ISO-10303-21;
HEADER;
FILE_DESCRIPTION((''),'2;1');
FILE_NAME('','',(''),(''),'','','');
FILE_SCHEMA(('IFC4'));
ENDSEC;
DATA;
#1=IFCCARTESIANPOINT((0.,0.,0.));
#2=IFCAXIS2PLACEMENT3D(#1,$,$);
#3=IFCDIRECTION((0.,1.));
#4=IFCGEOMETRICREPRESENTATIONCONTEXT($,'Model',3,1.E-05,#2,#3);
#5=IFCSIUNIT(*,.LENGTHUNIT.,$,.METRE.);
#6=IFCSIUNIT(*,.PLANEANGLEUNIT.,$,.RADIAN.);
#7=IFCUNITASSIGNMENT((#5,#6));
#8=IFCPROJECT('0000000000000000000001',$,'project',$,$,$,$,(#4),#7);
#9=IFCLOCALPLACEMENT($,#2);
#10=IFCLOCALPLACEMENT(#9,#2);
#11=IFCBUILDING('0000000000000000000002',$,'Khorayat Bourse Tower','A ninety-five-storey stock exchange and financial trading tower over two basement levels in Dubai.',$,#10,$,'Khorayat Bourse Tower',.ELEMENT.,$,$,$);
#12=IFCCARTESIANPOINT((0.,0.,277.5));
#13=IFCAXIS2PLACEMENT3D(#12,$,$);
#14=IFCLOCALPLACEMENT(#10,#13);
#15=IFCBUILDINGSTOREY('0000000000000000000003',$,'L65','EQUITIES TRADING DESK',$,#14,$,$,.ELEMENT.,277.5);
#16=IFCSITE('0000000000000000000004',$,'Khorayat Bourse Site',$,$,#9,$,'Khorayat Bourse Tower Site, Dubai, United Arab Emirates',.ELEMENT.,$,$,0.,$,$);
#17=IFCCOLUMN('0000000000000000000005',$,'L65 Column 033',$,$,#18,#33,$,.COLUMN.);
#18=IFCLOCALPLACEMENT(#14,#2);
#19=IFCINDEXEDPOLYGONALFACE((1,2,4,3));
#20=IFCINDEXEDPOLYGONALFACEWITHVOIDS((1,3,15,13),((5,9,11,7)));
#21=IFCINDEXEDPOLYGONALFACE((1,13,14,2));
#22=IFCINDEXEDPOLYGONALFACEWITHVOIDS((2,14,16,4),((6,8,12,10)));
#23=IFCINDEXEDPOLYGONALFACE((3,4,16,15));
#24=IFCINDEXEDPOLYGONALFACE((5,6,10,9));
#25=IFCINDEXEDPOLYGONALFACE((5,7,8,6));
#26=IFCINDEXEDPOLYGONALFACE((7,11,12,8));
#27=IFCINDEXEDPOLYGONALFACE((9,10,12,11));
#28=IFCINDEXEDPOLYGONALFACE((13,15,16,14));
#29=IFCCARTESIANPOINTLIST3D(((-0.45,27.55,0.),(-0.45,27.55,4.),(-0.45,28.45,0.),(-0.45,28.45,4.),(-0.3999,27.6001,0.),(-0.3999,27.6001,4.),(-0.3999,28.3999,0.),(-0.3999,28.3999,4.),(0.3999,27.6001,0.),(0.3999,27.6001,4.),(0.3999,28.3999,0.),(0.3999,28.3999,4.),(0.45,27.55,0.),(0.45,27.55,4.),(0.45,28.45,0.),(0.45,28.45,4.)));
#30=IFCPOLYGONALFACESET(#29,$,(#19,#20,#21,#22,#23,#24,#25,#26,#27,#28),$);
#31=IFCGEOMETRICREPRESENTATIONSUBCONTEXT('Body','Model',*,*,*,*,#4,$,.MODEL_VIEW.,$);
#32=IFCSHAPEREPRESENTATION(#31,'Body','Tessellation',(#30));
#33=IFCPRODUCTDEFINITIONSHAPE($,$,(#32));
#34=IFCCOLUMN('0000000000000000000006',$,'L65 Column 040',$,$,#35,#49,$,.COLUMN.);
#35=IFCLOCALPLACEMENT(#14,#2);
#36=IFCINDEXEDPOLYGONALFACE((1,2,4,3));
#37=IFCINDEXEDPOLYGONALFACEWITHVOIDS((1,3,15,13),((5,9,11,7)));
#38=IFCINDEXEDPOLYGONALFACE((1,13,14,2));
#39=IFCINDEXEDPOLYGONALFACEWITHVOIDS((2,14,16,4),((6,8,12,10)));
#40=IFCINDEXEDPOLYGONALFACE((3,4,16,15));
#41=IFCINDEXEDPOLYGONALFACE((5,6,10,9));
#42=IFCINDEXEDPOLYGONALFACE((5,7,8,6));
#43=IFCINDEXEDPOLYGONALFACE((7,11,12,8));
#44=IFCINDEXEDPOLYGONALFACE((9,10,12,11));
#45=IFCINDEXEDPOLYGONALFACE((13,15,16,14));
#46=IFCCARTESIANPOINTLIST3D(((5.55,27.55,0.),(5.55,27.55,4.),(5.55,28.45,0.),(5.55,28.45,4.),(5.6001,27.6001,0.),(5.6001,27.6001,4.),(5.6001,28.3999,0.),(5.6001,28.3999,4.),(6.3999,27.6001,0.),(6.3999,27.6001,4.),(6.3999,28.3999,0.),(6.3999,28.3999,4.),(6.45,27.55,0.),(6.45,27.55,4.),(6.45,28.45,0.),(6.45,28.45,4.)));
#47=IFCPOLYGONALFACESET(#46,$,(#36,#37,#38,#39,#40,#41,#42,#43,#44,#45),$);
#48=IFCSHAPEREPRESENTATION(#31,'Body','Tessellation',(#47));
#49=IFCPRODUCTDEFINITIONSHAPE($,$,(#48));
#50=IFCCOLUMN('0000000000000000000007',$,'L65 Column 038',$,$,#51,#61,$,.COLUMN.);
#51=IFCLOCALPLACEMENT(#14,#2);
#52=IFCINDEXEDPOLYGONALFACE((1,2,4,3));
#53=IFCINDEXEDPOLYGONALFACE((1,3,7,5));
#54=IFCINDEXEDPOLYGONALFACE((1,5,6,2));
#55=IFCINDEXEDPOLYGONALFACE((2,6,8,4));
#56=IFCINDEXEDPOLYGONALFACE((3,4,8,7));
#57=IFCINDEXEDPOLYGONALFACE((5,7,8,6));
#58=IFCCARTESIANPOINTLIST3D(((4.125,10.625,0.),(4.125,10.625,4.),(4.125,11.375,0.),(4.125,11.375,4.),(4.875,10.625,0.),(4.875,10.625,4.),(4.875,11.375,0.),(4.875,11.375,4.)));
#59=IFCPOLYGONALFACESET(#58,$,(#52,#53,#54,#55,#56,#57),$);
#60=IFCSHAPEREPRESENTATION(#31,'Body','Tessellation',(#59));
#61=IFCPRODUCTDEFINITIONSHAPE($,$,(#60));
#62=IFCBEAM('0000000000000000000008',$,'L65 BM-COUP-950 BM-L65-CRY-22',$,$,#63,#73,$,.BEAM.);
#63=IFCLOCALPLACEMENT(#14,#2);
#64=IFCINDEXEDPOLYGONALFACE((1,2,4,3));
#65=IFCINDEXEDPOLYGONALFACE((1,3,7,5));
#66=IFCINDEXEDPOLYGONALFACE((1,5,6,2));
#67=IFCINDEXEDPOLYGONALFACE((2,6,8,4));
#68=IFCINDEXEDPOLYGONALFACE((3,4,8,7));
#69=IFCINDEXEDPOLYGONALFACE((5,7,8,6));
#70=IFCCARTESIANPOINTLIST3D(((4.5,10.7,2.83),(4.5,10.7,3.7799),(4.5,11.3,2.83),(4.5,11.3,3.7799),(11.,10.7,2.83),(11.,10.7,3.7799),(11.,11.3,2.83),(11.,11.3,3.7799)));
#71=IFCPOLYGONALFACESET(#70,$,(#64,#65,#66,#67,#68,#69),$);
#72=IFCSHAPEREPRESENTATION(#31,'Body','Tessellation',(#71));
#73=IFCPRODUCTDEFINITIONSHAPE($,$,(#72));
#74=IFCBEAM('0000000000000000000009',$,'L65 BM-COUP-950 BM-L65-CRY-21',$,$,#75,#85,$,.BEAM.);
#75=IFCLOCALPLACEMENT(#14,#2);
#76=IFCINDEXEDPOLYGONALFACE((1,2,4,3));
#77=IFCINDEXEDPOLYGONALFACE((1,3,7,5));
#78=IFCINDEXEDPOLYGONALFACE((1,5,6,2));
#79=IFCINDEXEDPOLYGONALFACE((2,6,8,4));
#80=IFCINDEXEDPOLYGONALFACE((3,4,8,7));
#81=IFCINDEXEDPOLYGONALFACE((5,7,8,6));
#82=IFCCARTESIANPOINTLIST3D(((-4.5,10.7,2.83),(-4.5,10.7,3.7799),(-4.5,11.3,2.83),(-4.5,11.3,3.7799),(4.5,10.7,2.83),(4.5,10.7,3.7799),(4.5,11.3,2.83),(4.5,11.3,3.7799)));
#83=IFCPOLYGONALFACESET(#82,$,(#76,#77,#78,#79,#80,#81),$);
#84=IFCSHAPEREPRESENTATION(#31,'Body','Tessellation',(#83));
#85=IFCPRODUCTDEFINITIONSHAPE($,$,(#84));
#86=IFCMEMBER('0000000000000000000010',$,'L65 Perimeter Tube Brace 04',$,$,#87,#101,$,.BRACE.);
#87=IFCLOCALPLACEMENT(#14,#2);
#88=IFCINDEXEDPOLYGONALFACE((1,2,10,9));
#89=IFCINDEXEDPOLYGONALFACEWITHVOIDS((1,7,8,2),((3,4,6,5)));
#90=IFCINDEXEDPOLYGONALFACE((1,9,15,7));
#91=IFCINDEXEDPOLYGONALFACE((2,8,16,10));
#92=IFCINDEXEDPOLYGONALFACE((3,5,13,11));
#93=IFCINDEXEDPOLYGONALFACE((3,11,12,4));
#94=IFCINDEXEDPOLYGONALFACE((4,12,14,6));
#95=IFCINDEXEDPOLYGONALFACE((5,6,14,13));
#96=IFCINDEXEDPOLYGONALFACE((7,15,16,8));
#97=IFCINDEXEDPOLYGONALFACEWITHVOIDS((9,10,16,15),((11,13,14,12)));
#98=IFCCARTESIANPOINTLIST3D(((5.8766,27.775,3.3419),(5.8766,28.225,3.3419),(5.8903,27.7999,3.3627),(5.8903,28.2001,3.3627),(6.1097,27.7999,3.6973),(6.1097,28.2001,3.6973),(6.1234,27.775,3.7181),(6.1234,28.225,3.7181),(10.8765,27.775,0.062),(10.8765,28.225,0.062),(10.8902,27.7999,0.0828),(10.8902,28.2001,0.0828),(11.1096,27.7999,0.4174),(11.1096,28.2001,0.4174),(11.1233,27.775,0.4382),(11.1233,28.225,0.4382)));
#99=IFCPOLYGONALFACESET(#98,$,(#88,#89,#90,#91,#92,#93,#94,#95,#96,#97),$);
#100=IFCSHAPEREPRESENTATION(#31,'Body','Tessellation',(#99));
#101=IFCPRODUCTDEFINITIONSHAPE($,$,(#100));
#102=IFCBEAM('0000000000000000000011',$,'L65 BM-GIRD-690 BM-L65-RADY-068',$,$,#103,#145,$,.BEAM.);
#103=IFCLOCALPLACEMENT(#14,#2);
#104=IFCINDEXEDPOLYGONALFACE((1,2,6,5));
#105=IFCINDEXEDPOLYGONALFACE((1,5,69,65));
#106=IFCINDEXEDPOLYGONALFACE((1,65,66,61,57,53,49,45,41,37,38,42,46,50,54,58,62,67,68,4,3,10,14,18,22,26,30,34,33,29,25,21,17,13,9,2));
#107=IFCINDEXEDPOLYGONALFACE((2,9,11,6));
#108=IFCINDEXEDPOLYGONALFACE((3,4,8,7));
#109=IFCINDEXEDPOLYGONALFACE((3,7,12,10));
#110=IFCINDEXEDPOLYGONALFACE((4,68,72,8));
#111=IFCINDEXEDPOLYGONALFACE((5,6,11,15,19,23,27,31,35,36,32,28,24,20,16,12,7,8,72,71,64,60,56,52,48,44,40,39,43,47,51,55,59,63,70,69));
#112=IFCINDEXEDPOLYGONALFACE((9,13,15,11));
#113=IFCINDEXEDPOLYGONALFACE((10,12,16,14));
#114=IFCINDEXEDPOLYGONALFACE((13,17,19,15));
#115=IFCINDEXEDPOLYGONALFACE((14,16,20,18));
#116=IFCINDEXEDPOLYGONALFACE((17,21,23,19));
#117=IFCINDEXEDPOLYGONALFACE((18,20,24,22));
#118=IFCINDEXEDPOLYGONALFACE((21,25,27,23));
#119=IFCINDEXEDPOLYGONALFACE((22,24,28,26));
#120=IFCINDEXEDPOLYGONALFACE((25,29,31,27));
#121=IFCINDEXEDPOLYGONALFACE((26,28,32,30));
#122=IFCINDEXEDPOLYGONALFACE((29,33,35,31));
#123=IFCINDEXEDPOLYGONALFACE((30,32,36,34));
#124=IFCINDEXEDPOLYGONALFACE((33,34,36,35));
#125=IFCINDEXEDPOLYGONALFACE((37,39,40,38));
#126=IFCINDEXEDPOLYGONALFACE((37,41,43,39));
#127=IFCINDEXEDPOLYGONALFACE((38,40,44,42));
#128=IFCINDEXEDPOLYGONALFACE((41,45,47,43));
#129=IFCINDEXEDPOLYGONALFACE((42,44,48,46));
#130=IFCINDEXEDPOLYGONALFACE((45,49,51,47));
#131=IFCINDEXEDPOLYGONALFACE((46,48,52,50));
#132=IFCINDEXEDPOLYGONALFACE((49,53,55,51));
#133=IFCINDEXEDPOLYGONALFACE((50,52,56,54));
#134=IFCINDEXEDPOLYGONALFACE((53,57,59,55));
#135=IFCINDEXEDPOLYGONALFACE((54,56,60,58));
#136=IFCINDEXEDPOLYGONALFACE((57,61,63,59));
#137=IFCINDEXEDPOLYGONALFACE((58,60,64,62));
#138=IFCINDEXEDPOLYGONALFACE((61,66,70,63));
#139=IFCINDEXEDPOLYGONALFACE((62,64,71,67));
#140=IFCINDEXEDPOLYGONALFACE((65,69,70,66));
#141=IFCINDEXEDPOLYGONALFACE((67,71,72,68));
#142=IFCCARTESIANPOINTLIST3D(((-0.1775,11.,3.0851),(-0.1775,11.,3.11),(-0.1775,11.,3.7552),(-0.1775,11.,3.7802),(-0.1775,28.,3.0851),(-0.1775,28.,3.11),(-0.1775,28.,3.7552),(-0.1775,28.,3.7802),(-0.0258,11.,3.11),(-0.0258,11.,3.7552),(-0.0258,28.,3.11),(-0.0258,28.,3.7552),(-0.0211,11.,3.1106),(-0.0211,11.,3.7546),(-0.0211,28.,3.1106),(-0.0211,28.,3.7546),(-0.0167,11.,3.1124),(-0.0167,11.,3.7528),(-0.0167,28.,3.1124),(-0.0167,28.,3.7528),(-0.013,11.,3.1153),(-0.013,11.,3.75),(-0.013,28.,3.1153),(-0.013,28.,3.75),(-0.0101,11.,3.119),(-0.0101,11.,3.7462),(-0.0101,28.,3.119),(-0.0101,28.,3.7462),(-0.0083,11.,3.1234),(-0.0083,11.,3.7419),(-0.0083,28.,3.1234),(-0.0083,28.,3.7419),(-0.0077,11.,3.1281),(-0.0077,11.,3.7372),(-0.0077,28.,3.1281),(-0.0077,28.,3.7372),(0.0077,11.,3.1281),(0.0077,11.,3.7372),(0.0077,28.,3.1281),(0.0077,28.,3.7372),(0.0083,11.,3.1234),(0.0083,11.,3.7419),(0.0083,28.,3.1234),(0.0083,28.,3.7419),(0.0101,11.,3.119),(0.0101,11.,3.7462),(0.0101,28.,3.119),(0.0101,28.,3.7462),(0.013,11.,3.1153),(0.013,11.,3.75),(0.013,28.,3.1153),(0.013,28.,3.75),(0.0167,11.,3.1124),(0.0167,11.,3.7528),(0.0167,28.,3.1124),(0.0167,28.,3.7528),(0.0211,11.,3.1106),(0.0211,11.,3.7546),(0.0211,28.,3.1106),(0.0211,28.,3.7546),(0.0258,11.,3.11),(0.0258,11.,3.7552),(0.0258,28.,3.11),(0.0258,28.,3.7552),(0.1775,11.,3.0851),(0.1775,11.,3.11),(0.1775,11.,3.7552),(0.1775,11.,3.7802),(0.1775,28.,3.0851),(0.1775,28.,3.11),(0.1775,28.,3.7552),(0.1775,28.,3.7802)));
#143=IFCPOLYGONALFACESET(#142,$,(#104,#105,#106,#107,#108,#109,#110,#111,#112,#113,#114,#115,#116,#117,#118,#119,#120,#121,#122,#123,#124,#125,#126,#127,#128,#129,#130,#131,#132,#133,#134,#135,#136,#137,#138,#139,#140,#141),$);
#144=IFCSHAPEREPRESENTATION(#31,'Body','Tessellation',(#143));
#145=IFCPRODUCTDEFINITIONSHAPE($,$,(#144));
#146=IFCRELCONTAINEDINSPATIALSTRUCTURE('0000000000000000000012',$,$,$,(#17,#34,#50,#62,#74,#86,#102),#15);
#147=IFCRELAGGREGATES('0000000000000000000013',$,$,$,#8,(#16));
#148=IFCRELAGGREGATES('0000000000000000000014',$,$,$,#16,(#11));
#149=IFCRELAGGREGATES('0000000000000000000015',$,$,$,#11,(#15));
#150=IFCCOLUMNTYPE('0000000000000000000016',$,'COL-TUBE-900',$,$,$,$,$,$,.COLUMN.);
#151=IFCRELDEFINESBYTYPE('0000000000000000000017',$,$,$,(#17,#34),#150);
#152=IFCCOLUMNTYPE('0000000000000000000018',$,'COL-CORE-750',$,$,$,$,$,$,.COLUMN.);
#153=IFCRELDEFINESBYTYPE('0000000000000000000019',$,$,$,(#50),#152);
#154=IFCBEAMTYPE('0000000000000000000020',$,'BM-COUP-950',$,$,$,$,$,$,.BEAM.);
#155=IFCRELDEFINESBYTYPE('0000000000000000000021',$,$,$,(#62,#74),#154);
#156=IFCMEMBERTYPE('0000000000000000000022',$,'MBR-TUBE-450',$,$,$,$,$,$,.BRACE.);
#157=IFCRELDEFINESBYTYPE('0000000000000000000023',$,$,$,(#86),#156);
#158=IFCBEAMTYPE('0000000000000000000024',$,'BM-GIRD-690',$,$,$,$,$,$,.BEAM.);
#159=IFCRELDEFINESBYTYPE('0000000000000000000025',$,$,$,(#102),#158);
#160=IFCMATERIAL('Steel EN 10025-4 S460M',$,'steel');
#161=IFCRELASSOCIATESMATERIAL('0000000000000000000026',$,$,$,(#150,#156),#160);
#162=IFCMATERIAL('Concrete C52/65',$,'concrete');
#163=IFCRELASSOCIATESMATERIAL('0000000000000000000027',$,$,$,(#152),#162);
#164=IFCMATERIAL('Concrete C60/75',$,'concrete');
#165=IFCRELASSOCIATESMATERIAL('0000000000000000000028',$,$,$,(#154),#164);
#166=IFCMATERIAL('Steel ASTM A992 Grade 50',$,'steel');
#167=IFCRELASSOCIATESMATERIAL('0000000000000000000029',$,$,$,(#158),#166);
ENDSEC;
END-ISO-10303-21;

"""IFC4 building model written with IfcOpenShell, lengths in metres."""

from ifc_helpers import new_model, si_unit, direction, frame, origin, origin_2d, place, context, subcontext, project, spatial, rectangle, hollow_rectangle, i_section, extrude, source, transform, mapped, material, material_profile, profile_set, type_object, element, save


model = new_model("IFC4")

# Units and contexts
model_context = context("Model", 3, precision=1e-05, world=origin(), true_north=direction((0.0, 1.0)))
body_context = subcontext(model_context, "Body", "Model", "MODEL_VIEW")
ifc_project = project(units=[si_unit("LENGTHUNIT", "METRE"), si_unit("PLANEANGLEUNIT", "RADIAN")], contexts=[model_context])

# Site, building, storey
site_placement = place(None, origin())
site = spatial("IfcSite", under=ifc_project, at=site_placement, Name="Khorayat Bourse Site", LongName="Khorayat Bourse Tower Site, Dubai, United Arab Emirates", CompositionType="ELEMENT", RefElevation=0.0)
building_placement = place(site_placement, origin())
building = spatial("IfcBuilding", under=site, at=building_placement, Name="Khorayat Bourse Tower", Description="A ninety-five-storey stock exchange and financial trading tower over two basement levels in Dubai.", LongName="Khorayat Bourse Tower", CompositionType="ELEMENT")
storey_placement = place(building_placement, frame((0.0, 0.0, 277.5)))
storey = spatial("IfcBuildingStorey", under=building, at=storey_placement, Name="L65", Description="EQUITIES TRADING DESK", CompositionType="ELEMENT", Elevation=277.5)

# Columns
ifc_material_1 = material(Name="Steel EN 10025-4 S460M", Category="steel")
ifc_material_profile_1 = material_profile(ifc_material_1, hollow_rectangle(XDim=0.8999, YDim=0.8999, WallThickness=0.05, at=origin_2d()), Name="BOX 900x900x50")
ifc_profile_set_1 = profile_set([ifc_material_profile_1], Name="Steel EN 10025-4 S460M")
column_type_1 = type_object("IfcColumnType", Name="COL-TUBE-900", PredefinedType="COLUMN", material=ifc_profile_set_1)
shared_shape_1 = source(origin(), body_context, "Body", "SweptSolid", [
    extrude(hollow_rectangle(XDim=0.8999, YDim=0.8999, WallThickness=0.05, at=origin_2d()), origin(), (0.0, 0.0, 1.0), 4.0),
])
for number, where, z_axis, x_axis, name in (
    (1, (0.0, 28.0, 0.0), (0.0, 0.0, 1.0), (1.0, 0.0, 0.0), "L65 Column 033"),
    (2, (6.0, 28.0, 0.0), (0.0, 0.0, 1.0), (1.0, 0.0, 0.0), "L65 Column 040"),
):
    element("IfcColumn", number, at=place(storey_placement, frame(where, z_axis=z_axis, x_axis=x_axis)), inside=storey, type_object=column_type_1, Name=name, PredefinedType="COLUMN", context=body_context, shape_type="MappedRepresentation", body=[
        mapped(shared_shape_1, transform((0.0, 0.0, 0.0), scale=1.0)),
    ])
ifc_material_2 = material(Name="Concrete C52/65", Category="concrete")
ifc_material_profile_2 = material_profile(ifc_material_2, rectangle(XDim=0.75, YDim=0.75, at=origin_2d()), Name="RC 750x750")
ifc_profile_set_2 = profile_set([ifc_material_profile_2], Name="Concrete C52/65")
column_type_2 = type_object("IfcColumnType", Name="COL-CORE-750", PredefinedType="COLUMN", material=ifc_profile_set_2)
shared_shape_2 = source(origin(), body_context, "Body", "SweptSolid", [
    extrude(rectangle(XDim=0.75, YDim=0.75, at=origin_2d()), origin(), (0.0, 0.0, 1.0), 4.0),
])
column_placement = place(storey_placement, frame((4.5, 11.0, 0.0), z_axis=(0.0, 0.0, 1.0), x_axis=(1.0, 0.0, 0.0)))
element("IfcColumn", 3, at=column_placement, inside=storey, type_object=column_type_2, Name="L65 Column 038", PredefinedType="COLUMN", context=body_context, shape_type="MappedRepresentation", body=[
    mapped(shared_shape_2, transform((0.0, 0.0, 0.0), scale=1.0)),
])

# Beams
ifc_material_3 = material(Name="Concrete C60/75", Category="concrete")
ifc_material_profile_3 = material_profile(ifc_material_3, rectangle(XDim=0.6001, YDim=0.95, at=origin_2d()), Name="RC 600x950")
ifc_profile_set_3 = profile_set([ifc_material_profile_3], Name="Concrete C60/75")
beam_type_1 = type_object("IfcBeamType", Name="BM-COUP-950", PredefinedType="BEAM", material=ifc_profile_set_3)
shared_shape_3 = source(origin(), body_context, "Body", "SweptSolid", [
    extrude(rectangle(XDim=0.6001, YDim=0.95, at=origin_2d()), origin(), (0.0, 0.0, 1.0), 6.5),
])
beam_1_placement = place(storey_placement, frame((4.5, 11.0, 3.3049), z_axis=(1.0, 0.0, 0.0), x_axis=(0.0, 1.0, 0.0)))
element("IfcBeam", 4, at=beam_1_placement, inside=storey, type_object=beam_type_1, Name="L65 BM-COUP-950 BM-L65-CRY-22", PredefinedType="BEAM", context=body_context, shape_type="MappedRepresentation", body=[
    mapped(shared_shape_3, transform((0.0, 0.0, 0.0), scale=1.0)),
])
shared_shape_4 = source(origin(), body_context, "Body", "SweptSolid", [
    extrude(rectangle(XDim=0.6001, YDim=0.95, at=origin_2d()), origin(), (0.0, 0.0, 1.0), 9.0),
])
beam_2_placement = place(storey_placement, frame((-4.5, 11.0, 3.3049), z_axis=(1.0, 0.0, 0.0), x_axis=(0.0, 1.0, 0.0)))
element("IfcBeam", 5, at=beam_2_placement, inside=storey, type_object=beam_type_1, Name="L65 BM-COUP-950 BM-L65-CRY-21", PredefinedType="BEAM", context=body_context, shape_type="MappedRepresentation", body=[
    mapped(shared_shape_4, transform((0.0, 0.0, 0.0), scale=1.0)),
])

# Member
ifc_material_profile_4 = material_profile(ifc_material_1, hollow_rectangle(XDim=0.45, YDim=0.45, WallThickness=0.0249, at=origin_2d()), Name="HSS 450x450x25")
ifc_profile_set_4 = profile_set([ifc_material_profile_4], Name="Steel EN 10025-4 S460M")
member_type_1 = type_object("IfcMemberType", Name="MBR-TUBE-450", PredefinedType="BRACE", material=ifc_profile_set_4)
shared_shape_5 = source(origin(), body_context, "Body", "SweptSolid", [
    extrude(hollow_rectangle(XDim=0.45, YDim=0.45, WallThickness=0.0249, at=origin_2d()), origin(), (0.0, 0.0, 1.0), 5.9797),
])
member_1_placement = place(storey_placement, frame((6.0, 28.0, 3.53), z_axis=(0.836142, 0.0, -0.548514), x_axis=(0.0, 1.0, 0.0)))
element("IfcMember", 6, at=member_1_placement, inside=storey, type_object=member_type_1, Name="L65 Perimeter Tube Brace 04", PredefinedType="BRACE", context=body_context, shape_type="MappedRepresentation", body=[
    mapped(shared_shape_5, transform((0.0, 0.0, 0.0), scale=1.0)),
])

# Beam
ifc_material_4 = material(Name="Steel ASTM A992 Grade 50", Category="steel")
ifc_material_profile_5 = material_profile(ifc_material_4, i_section(OverallWidth=0.355, OverallDepth=0.6951, WebThickness=0.0154, FlangeThickness=0.0249, FilletRadius=0.0181, at=origin_2d()), Name="W690X217")
ifc_profile_set_5 = profile_set([ifc_material_profile_5], Name="Steel ASTM A992 Grade 50")
beam_type_2 = type_object("IfcBeamType", Name="BM-GIRD-690", PredefinedType="BEAM", material=ifc_profile_set_5)
shared_shape_6 = source(origin(), body_context, "Body", "SweptSolid", [
    extrude(i_section(OverallWidth=0.355, OverallDepth=0.6951, WebThickness=0.0154, FlangeThickness=0.0249, FilletRadius=0.0181, at=origin_2d()), origin(), (0.0, 0.0, 1.0), 17.0),
])
for number, where, z_axis, x_axis, name in (
    (7, (0.0, 11.0, 3.4326), (0.0, 1.0, 0.0), (-1.0, 0.0, 0.0), "L65 BM-GIRD-690 BM-L65-RADY-068"),
):
    element("IfcBeam", number, at=place(storey_placement, frame(where, z_axis=z_axis, x_axis=x_axis)), inside=storey, type_object=beam_type_2, Name=name, PredefinedType="BEAM", context=body_context, shape_type="MappedRepresentation", body=[
        mapped(shared_shape_6, transform((0.0, 0.0, 0.0), scale=1.0)),
    ])

save(model, "model.ifc")
